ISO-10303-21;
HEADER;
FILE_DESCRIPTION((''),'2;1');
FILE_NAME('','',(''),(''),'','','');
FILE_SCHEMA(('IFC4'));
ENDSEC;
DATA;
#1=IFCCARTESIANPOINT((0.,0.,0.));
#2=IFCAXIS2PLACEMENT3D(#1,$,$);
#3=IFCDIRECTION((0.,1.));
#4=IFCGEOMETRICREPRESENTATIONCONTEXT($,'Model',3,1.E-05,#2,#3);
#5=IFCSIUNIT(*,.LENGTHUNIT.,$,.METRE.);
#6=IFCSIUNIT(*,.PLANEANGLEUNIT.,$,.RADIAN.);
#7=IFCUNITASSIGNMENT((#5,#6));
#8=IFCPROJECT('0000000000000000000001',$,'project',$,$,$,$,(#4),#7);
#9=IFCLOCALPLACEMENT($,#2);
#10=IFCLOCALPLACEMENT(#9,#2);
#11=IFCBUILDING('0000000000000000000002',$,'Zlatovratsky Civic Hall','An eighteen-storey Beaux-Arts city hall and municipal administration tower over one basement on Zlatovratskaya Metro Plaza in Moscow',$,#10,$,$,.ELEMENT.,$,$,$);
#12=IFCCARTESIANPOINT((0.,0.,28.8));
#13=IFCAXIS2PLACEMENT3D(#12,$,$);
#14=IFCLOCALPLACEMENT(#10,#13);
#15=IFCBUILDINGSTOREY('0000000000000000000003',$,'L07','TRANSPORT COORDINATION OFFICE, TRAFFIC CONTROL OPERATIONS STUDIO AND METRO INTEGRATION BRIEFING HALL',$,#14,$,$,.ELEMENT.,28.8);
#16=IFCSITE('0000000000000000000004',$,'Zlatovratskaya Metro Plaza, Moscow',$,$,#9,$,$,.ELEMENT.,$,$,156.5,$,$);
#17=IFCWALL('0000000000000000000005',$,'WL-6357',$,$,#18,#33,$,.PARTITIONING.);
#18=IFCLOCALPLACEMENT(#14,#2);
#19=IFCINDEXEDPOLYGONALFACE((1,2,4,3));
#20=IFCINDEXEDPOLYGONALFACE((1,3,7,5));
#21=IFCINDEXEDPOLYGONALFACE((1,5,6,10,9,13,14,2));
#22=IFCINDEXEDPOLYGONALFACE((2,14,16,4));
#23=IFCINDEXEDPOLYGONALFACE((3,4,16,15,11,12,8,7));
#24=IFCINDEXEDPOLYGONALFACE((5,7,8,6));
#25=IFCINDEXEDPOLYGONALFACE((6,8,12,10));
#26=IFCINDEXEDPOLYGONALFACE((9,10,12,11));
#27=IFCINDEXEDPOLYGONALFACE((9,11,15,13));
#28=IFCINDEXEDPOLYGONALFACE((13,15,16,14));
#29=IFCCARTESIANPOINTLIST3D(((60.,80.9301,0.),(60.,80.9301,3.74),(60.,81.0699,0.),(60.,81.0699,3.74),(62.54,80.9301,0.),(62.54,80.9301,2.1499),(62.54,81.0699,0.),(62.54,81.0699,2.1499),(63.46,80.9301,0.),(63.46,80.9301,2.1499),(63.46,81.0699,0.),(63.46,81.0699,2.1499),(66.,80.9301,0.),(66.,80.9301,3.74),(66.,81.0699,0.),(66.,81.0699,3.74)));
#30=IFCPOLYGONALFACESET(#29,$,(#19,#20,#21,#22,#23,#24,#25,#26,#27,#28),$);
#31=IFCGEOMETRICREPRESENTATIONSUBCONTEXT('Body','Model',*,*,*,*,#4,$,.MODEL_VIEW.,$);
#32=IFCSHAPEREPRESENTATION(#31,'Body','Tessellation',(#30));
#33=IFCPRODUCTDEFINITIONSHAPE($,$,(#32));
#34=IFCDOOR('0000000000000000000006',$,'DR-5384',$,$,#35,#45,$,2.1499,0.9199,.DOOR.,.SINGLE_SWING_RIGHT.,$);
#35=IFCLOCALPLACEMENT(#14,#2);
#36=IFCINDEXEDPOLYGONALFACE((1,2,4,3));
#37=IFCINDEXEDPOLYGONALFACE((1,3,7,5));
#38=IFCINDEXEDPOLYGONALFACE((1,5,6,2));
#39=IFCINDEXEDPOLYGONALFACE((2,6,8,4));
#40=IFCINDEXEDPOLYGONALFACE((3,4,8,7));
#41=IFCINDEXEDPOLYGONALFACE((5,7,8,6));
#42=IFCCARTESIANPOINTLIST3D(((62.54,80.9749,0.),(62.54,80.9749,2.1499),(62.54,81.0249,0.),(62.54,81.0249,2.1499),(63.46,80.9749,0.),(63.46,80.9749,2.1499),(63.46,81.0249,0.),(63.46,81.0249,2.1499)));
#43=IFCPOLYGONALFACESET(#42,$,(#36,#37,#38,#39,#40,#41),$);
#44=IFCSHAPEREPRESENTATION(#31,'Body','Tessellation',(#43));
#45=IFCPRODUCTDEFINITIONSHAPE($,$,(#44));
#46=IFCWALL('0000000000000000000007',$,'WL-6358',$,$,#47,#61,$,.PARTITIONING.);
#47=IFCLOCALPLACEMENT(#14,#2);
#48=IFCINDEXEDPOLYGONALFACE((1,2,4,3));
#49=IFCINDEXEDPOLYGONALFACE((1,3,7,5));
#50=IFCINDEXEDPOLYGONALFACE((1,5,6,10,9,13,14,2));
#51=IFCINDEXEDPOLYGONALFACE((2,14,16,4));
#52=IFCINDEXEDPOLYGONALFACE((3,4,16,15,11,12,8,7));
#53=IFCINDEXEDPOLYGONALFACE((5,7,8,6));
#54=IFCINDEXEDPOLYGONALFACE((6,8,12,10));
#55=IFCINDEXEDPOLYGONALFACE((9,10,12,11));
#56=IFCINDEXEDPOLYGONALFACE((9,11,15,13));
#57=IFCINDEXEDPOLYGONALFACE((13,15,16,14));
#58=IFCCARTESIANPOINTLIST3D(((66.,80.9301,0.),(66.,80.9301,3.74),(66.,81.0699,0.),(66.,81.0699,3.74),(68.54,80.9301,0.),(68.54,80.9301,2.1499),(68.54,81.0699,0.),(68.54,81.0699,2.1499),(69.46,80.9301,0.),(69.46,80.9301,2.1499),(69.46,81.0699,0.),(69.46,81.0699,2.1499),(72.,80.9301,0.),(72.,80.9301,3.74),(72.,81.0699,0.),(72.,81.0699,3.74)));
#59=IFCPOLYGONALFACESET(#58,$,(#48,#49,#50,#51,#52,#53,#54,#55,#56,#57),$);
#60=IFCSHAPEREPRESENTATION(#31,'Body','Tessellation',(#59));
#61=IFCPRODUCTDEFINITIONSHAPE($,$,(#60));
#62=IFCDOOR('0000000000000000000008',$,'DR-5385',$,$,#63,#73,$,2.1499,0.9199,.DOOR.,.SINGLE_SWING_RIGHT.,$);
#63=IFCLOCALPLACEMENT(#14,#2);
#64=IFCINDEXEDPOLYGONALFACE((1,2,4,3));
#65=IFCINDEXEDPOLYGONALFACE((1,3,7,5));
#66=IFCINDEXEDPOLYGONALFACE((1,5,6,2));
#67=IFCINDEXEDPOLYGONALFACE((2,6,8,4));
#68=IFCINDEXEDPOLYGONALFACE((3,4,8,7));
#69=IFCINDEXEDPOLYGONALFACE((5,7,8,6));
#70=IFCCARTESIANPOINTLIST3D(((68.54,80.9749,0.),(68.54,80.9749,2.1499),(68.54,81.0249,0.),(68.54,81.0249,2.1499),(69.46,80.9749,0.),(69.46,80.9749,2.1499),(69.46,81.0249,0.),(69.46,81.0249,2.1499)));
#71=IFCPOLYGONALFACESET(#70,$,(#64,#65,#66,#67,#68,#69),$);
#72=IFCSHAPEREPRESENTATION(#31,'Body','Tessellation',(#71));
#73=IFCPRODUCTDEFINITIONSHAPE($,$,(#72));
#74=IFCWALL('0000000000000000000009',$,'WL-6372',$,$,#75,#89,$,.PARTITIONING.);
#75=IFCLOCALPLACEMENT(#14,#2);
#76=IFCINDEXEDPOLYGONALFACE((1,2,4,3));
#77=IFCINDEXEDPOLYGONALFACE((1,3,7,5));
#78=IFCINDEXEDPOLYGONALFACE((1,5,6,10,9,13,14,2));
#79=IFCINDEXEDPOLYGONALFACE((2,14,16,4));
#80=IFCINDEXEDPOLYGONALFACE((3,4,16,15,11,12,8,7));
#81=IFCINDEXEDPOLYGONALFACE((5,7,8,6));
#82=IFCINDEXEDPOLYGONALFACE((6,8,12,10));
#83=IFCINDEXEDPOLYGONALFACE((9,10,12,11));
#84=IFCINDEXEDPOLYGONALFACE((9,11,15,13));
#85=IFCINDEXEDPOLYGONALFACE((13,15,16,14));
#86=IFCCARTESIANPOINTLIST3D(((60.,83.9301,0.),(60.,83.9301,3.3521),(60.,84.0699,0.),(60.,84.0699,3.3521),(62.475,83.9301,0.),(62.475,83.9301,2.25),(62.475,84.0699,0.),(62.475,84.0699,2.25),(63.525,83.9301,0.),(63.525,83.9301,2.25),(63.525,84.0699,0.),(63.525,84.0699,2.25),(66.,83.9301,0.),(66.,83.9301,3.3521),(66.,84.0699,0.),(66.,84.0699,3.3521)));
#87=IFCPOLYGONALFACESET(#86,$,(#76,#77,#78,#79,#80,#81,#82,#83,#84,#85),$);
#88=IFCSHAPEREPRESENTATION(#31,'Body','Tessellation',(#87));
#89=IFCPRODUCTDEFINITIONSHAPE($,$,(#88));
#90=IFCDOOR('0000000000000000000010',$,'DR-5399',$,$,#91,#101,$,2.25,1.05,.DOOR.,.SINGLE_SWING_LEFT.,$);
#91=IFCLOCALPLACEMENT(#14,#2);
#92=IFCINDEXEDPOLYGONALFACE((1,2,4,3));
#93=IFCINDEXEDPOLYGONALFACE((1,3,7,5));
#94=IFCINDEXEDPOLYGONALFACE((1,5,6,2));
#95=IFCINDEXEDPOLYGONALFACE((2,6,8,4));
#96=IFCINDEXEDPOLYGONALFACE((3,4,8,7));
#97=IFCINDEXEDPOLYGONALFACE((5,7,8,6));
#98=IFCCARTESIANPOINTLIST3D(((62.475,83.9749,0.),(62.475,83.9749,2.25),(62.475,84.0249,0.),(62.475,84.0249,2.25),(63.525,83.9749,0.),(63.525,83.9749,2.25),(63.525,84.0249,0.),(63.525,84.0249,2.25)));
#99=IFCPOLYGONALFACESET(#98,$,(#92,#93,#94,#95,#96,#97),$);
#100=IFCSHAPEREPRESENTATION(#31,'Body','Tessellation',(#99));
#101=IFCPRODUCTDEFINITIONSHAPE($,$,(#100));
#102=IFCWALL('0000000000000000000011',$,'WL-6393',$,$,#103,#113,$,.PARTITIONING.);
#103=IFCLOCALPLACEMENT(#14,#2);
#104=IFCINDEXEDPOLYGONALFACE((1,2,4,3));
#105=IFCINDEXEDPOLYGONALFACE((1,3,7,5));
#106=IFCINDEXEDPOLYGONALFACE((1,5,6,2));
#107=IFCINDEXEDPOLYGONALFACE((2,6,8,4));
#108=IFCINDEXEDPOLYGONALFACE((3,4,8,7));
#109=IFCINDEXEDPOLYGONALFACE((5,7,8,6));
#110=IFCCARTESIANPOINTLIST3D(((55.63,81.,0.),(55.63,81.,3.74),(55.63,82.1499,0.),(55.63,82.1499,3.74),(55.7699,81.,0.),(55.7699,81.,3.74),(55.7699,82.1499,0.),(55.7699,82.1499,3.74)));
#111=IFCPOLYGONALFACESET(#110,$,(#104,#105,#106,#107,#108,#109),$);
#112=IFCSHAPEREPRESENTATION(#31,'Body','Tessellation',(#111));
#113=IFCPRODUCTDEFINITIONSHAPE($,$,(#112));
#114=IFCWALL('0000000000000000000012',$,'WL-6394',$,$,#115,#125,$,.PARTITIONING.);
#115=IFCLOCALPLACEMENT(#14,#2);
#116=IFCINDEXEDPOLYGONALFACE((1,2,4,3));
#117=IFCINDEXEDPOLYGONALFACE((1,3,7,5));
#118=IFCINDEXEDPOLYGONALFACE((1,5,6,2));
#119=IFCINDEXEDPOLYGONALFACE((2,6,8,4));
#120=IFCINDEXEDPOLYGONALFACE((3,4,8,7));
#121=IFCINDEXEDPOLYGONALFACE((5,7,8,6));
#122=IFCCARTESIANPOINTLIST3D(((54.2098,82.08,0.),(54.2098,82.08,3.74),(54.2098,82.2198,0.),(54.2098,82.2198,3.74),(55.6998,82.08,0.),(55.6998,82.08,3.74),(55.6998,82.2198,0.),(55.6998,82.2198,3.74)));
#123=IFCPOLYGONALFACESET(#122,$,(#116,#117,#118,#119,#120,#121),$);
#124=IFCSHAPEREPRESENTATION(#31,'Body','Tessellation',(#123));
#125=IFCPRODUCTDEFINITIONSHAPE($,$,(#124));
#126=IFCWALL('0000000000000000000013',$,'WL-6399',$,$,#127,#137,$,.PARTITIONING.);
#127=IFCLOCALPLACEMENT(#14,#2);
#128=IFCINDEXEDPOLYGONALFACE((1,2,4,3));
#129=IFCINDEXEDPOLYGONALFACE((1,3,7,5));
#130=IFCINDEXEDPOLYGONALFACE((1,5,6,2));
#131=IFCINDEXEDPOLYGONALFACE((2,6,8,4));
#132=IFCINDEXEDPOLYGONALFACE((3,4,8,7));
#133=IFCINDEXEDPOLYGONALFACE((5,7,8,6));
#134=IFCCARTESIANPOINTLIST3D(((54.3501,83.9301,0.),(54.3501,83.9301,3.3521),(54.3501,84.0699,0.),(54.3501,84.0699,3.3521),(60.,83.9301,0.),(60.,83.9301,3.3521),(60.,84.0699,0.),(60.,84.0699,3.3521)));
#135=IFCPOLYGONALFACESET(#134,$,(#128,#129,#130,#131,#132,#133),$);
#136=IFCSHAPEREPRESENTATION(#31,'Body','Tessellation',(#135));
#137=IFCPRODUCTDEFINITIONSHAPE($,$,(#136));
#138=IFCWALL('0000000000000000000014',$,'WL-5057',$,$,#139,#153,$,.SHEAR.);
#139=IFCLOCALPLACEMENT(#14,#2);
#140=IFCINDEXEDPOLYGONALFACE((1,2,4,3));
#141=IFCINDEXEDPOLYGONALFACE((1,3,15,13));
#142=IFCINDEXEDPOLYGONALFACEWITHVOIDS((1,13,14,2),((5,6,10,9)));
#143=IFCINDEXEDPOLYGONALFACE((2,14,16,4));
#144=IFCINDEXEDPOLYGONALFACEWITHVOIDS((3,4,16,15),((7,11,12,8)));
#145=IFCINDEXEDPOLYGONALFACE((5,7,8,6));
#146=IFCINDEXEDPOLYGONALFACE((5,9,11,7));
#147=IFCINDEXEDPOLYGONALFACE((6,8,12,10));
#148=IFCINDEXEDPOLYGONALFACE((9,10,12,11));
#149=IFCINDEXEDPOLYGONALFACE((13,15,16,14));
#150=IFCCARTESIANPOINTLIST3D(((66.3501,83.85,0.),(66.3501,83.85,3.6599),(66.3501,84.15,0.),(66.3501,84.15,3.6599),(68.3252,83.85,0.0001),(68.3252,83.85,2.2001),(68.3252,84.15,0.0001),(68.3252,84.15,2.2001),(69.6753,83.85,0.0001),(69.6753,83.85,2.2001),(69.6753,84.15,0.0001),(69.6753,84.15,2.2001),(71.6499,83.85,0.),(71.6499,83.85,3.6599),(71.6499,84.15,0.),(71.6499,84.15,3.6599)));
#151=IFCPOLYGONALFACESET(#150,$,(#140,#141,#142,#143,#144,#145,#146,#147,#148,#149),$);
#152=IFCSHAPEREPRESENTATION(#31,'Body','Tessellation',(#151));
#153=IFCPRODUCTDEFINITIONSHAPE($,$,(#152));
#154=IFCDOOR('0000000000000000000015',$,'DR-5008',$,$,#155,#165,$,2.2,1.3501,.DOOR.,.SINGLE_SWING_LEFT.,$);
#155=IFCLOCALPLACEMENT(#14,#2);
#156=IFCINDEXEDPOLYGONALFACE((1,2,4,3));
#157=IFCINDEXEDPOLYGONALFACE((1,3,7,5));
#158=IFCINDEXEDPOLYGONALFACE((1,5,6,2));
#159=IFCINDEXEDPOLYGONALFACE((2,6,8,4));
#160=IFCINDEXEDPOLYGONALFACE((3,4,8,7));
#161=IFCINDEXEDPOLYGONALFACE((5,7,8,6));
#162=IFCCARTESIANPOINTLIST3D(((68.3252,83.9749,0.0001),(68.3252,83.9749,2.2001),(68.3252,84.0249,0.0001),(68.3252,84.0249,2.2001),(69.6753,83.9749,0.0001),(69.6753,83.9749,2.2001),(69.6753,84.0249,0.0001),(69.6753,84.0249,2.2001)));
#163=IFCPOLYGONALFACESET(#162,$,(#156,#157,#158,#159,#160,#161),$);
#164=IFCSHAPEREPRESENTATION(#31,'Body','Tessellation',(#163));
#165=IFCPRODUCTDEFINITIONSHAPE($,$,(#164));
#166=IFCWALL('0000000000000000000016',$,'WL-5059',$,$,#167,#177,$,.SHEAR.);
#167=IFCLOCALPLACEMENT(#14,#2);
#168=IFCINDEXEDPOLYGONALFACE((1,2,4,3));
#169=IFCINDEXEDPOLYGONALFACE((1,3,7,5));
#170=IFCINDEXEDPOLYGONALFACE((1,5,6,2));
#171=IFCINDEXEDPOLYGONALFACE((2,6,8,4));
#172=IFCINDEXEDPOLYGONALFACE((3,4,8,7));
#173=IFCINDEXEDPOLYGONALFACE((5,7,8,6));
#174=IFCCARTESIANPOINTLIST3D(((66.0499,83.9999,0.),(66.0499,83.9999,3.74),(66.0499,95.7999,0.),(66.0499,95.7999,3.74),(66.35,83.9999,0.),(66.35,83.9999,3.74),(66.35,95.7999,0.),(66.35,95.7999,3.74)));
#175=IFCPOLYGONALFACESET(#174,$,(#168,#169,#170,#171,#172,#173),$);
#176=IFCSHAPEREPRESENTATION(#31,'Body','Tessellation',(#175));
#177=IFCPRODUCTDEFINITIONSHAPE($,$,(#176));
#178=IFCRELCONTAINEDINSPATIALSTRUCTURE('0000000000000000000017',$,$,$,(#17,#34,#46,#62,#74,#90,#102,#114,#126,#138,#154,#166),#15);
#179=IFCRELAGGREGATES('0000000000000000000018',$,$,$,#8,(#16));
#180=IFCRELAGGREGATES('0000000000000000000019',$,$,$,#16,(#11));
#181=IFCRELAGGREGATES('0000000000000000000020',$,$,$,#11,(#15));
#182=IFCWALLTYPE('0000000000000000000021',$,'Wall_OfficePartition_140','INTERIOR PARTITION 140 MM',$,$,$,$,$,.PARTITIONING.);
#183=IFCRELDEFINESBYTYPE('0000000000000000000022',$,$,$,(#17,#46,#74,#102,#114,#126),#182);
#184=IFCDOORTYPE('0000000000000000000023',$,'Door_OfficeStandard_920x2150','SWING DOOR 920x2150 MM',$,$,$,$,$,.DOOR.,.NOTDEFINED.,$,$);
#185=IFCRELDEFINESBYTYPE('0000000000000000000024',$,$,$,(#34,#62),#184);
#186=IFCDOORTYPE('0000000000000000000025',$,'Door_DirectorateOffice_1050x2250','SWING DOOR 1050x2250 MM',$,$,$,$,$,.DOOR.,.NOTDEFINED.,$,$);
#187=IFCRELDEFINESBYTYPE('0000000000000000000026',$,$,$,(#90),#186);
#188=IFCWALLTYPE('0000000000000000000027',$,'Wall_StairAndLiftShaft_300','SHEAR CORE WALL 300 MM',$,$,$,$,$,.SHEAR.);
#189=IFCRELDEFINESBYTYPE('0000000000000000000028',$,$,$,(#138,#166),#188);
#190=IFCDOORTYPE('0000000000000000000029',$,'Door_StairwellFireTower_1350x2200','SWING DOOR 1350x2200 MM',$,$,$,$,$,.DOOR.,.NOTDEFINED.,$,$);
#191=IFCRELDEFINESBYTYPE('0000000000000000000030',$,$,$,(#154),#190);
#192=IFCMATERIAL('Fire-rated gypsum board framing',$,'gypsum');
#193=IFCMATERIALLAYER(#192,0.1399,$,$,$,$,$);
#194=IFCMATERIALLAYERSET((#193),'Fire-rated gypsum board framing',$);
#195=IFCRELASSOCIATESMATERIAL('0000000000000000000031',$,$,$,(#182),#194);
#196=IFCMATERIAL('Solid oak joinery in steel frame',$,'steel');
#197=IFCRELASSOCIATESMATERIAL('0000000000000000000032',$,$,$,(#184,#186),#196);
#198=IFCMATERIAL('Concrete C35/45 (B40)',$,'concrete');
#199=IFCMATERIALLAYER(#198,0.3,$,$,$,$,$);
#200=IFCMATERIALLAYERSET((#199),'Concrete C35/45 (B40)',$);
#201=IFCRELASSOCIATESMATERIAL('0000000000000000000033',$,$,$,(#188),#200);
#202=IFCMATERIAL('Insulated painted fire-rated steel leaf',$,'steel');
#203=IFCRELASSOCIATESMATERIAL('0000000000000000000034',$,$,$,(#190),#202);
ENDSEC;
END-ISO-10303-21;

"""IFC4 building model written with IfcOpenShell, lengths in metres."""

from ifc_helpers import new_model, si_unit, direction, frame, frame_2d, origin, place, context, subcontext, project, spatial, rectangle, extrude, material, layer, layer_set, type_object, element, fill, save


model = new_model("IFC4")

# Units and contexts
model_context = context("Model", 3, precision=1e-05, world=origin(), true_north=direction((0.0, 1.0)))
body_context = subcontext(model_context, "Body", "Model", "MODEL_VIEW")
ifc_project = project(units=[si_unit("LENGTHUNIT", "METRE"), si_unit("PLANEANGLEUNIT", "RADIAN")], contexts=[model_context])

# Site, building, storey
site_placement = place(None, origin())
site = spatial("IfcSite", under=ifc_project, at=site_placement, Name="Zlatovratskaya Metro Plaza, Moscow", CompositionType="ELEMENT", RefElevation=156.5)
building_placement = place(site_placement, origin())
building = spatial("IfcBuilding", under=site, at=building_placement, Name="Zlatovratsky Civic Hall", Description="An eighteen-storey Beaux-Arts city hall and municipal administration tower over one basement on Zlatovratskaya Metro Plaza in Moscow", CompositionType="ELEMENT")
storey_placement = place(building_placement, frame((0.0, 0.0, 28.8)))
storey = spatial("IfcBuildingStorey", under=building, at=storey_placement, Name="L07", Description="TRANSPORT COORDINATION OFFICE, TRAFFIC CONTROL OPERATIONS STUDIO AND METRO INTEGRATION BRIEFING HALL", CompositionType="ELEMENT", Elevation=28.8)

# Shared definitions
ifc_material_1 = material(Name="Concrete C35/45 (B40)", Category="concrete")

# Walls, openings, doors
ifc_material_2 = material(Name="Fire-rated gypsum board framing", Category="gypsum")
ifc_layer_1 = layer(ifc_material_2, 0.1399)
ifc_layer_set_1 = layer_set([ifc_layer_1], Name="Fire-rated gypsum board framing")
wall_type_1 = type_object("IfcWallType", Name="Wall_OfficePartition_140", Description="INTERIOR PARTITION 140 MM", PredefinedType="PARTITIONING", material=ifc_layer_set_1)
ifc_material_3 = material(Name="Solid oak joinery in steel frame", Category="steel")
door_type_1 = type_object("IfcDoorType", Name="Door_OfficeStandard_920x2150", Description="SWING DOOR 920x2150 MM", OperationType="NOTDEFINED", PredefinedType="DOOR", material=ifc_material_3)
wall_1_placement = place(storey_placement, frame((60.0, 81.0, 0.0), z_axis=(0.0, 0.0, 1.0), x_axis=(1.0, 0.0, 0.0)))
wall_1 = element("IfcWall", 1, at=wall_1_placement, inside=storey, type_object=wall_type_1, Name="WL-6357", PredefinedType="PARTITIONING", context=body_context, shape_type="SweptSolid", body=[
    extrude(rectangle(XDim=6.0, YDim=0.1399, at=frame_2d((3.0, 0.0))), origin(), (0.0, 0.0, 1.0), 3.74),
])
opening_1_placement = place(wall_1_placement, frame((2.54, 0.0, 0.0)))
opening_1 = element("IfcOpeningElement", 2, at=opening_1_placement, cuts=wall_1, PredefinedType="OPENING", context=body_context, shape_type="SweptSolid", body=[
    extrude(rectangle(XDim=0.9199, YDim=2.1499, at=frame_2d((0.46, 1.075))), frame((0.0, 0.085, 0.0), z_axis=(0.0, -1.0, 0.0), x_axis=(1.0, 0.0, 0.0)), (0.0, 0.0, 1.0), 0.1697),
])
door_1_placement = place(opening_1_placement, origin())
door_1 = element("IfcDoor", 3, at=door_1_placement, inside=storey, type_object=door_type_1, Name="DR-5384", OperationType="SINGLE_SWING_RIGHT", OverallHeight=2.1499, OverallWidth=0.9199, PredefinedType="DOOR", context=body_context, shape_type="SweptSolid", body=[
    extrude(rectangle(XDim=0.9199, YDim=2.1499, at=frame_2d((0.46, 1.075))), frame((0.0, 0.0249, 0.0), z_axis=(0.0, -1.0, 0.0), x_axis=(1.0, 0.0, 0.0)), (0.0, 0.0, 1.0), 0.05),
])
fill(opening_1, door_1)
wall_2_placement = place(storey_placement, frame((66.0, 81.0, 0.0), z_axis=(0.0, 0.0, 1.0), x_axis=(1.0, 0.0, 0.0)))
wall_2 = element("IfcWall", 4, at=wall_2_placement, inside=storey, type_object=wall_type_1, Name="WL-6358", PredefinedType="PARTITIONING", context=body_context, shape_type="SweptSolid", body=[
    extrude(rectangle(XDim=6.0, YDim=0.1399, at=frame_2d((3.0, 0.0))), origin(), (0.0, 0.0, 1.0), 3.74),
])
opening_2_placement = place(wall_2_placement, frame((2.54, 0.0, 0.0)))
opening_2 = element("IfcOpeningElement", 5, at=opening_2_placement, cuts=wall_2, PredefinedType="OPENING", context=body_context, shape_type="SweptSolid", body=[
    extrude(rectangle(XDim=0.9199, YDim=2.1499, at=frame_2d((0.46, 1.075))), frame((0.0, 0.085, 0.0), z_axis=(0.0, -1.0, 0.0), x_axis=(1.0, 0.0, 0.0)), (0.0, 0.0, 1.0), 0.1697),
])
door_2_placement = place(opening_2_placement, origin())
door_2 = element("IfcDoor", 6, at=door_2_placement, inside=storey, type_object=door_type_1, Name="DR-5385", OperationType="SINGLE_SWING_RIGHT", OverallHeight=2.1499, OverallWidth=0.9199, PredefinedType="DOOR", context=body_context, shape_type="SweptSolid", body=[
    extrude(rectangle(XDim=0.9199, YDim=2.1499, at=frame_2d((0.46, 1.075))), frame((0.0, 0.0249, 0.0), z_axis=(0.0, -1.0, 0.0), x_axis=(1.0, 0.0, 0.0)), (0.0, 0.0, 1.0), 0.05),
])
fill(opening_2, door_2)
wall_3_placement = place(storey_placement, frame((60.0, 84.0, 0.0), z_axis=(0.0, 0.0, 1.0), x_axis=(1.0, 0.0, 0.0)))
wall_3 = element("IfcWall", 7, at=wall_3_placement, inside=storey, type_object=wall_type_1, Name="WL-6372", PredefinedType="PARTITIONING", context=body_context, shape_type="SweptSolid", body=[
    extrude(rectangle(XDim=6.0, YDim=0.1399, at=frame_2d((3.0, 0.0))), origin(), (0.0, 0.0, 1.0), 3.3521),
])
opening_3_placement = place(wall_3_placement, frame((2.4751, 0.0, 0.0)))
opening_3 = element("IfcOpeningElement", 8, at=opening_3_placement, cuts=wall_3, PredefinedType="OPENING", context=body_context, shape_type="SweptSolid", body=[
    extrude(rectangle(XDim=1.05, YDim=2.25, at=frame_2d((0.5249, 1.125))), frame((0.0, 0.085, 0.0), z_axis=(0.0, -1.0, 0.0), x_axis=(1.0, 0.0, 0.0)), (0.0, 0.0, 1.0), 0.1697),
])
door_type_2 = type_object("IfcDoorType", Name="Door_DirectorateOffice_1050x2250", Description="SWING DOOR 1050x2250 MM", OperationType="NOTDEFINED", PredefinedType="DOOR", material=ifc_material_3)
door_3_placement = place(opening_3_placement, origin())
door_3 = element("IfcDoor", 9, at=door_3_placement, inside=storey, type_object=door_type_2, Name="DR-5399", OperationType="SINGLE_SWING_LEFT", OverallHeight=2.25, OverallWidth=1.05, PredefinedType="DOOR", context=body_context, shape_type="SweptSolid", body=[
    extrude(rectangle(XDim=1.05, YDim=2.25, at=frame_2d((0.5249, 1.125))), frame((0.0, 0.0249, 0.0), z_axis=(0.0, -1.0, 0.0), x_axis=(1.0, 0.0, 0.0)), (0.0, 0.0, 1.0), 0.05),
])
fill(opening_3, door_3)

# Walls
wall_4_placement = place(storey_placement, frame((55.7, 81.0, 0.0), z_axis=(0.0, 0.0, 1.0), x_axis=(0.0, 1.0, 0.0)))
element("IfcWall", 10, at=wall_4_placement, inside=storey, type_object=wall_type_1, Name="WL-6393", PredefinedType="PARTITIONING", context=body_context, shape_type="SweptSolid", body=[
    extrude(rectangle(XDim=1.1499, YDim=0.1399, at=frame_2d((0.575, 0.0))), origin(), (0.0, 0.0, 1.0), 3.74),
])
wall_5_placement = place(storey_placement, frame((55.7, 82.1499, 0.0), z_axis=(0.0, 0.0, 1.0), x_axis=(-1.0, 0.0, 0.0)))
element("IfcWall", 11, at=wall_5_placement, inside=storey, type_object=wall_type_1, Name="WL-6394", PredefinedType="PARTITIONING", context=body_context, shape_type="SweptSolid", body=[
    extrude(rectangle(XDim=1.49, YDim=0.1399, at=frame_2d((0.7451, 0.0))), origin(), (0.0, 0.0, 1.0), 3.74),
])
wall_6_placement = place(storey_placement, frame((54.3501, 84.0, 0.0), z_axis=(0.0, 0.0, 1.0), x_axis=(1.0, 0.0, 0.0)))
element("IfcWall", 12, at=wall_6_placement, inside=storey, type_object=wall_type_1, Name="WL-6399", PredefinedType="PARTITIONING", context=body_context, shape_type="SweptSolid", body=[
    extrude(rectangle(XDim=5.6499, YDim=0.1399, at=frame_2d((2.825, 0.0))), origin(), (0.0, 0.0, 1.0), 3.3521),
])

# Wall, opening, door
ifc_layer_2 = layer(ifc_material_1, 0.3)
ifc_layer_set_2 = layer_set([ifc_layer_2], Name="Concrete C35/45 (B40)")
wall_type_2 = type_object("IfcWallType", Name="Wall_StairAndLiftShaft_300", Description="SHEAR CORE WALL 300 MM", PredefinedType="SHEAR", material=ifc_layer_set_2)
wall_7_placement = place(storey_placement, frame((66.3501, 84.0, 0.0), z_axis=(0.0, 0.0, 1.0), x_axis=(1.0, 0.0, 0.0)))
wall_7 = element("IfcWall", 13, at=wall_7_placement, inside=storey, type_object=wall_type_2, Name="WL-5057", PredefinedType="SHEAR", context=body_context, shape_type="SweptSolid", body=[
    extrude(rectangle(XDim=5.2998, YDim=0.3, at=frame_2d((2.6499, 0.0))), origin(), (0.0, 0.0, 1.0), 3.6599),
])
opening_4_placement = place(wall_7_placement, frame((1.9751, 0.0, 0.0)))
opening_4 = element("IfcOpeningElement", 14, at=opening_4_placement, cuts=wall_7, PredefinedType="OPENING", context=body_context, shape_type="SweptSolid", body=[
    extrude(rectangle(XDim=1.3501, YDim=2.2, at=frame_2d((0.675, 1.1001))), frame((0.0, 0.165, 0.0), z_axis=(0.0, -1.0, 0.0), x_axis=(1.0, 0.0, 0.0)), (0.0, 0.0, 1.0), 0.3298),
])
ifc_material_4 = material(Name="Insulated painted fire-rated steel leaf", Category="steel")
door_type_3 = type_object("IfcDoorType", Name="Door_StairwellFireTower_1350x2200", Description="SWING DOOR 1350x2200 MM", OperationType="NOTDEFINED", PredefinedType="DOOR", material=ifc_material_4)
door_4_placement = place(opening_4_placement, origin())
door_4 = element("IfcDoor", 15, at=door_4_placement, inside=storey, type_object=door_type_3, Name="DR-5008", OperationType="SINGLE_SWING_LEFT", OverallHeight=2.2, OverallWidth=1.3501, PredefinedType="DOOR", context=body_context, shape_type="SweptSolid", body=[
    extrude(rectangle(XDim=1.3501, YDim=2.2, at=frame_2d((0.675, 1.1001))), frame((0.0, 0.0249, 0.0), z_axis=(0.0, -1.0, 0.0), x_axis=(1.0, 0.0, 0.0)), (0.0, 0.0, 1.0), 0.05),
])
fill(opening_4, door_4)

# Wall
wall_8_placement = place(storey_placement, frame((66.2, 84.0, 0.0), z_axis=(0.0, 0.0, 1.0), x_axis=(0.0, 1.0, 0.0)))
element("IfcWall", 16, at=wall_8_placement, inside=storey, type_object=wall_type_2, Name="WL-5059", PredefinedType="SHEAR", context=body_context, shape_type="SweptSolid", body=[
    extrude(rectangle(XDim=11.8, YDim=0.3, at=frame_2d((5.8999, 0.0))), origin(), (0.0, 0.0, 1.0), 3.74),
])

save(model, "model.ifc")
